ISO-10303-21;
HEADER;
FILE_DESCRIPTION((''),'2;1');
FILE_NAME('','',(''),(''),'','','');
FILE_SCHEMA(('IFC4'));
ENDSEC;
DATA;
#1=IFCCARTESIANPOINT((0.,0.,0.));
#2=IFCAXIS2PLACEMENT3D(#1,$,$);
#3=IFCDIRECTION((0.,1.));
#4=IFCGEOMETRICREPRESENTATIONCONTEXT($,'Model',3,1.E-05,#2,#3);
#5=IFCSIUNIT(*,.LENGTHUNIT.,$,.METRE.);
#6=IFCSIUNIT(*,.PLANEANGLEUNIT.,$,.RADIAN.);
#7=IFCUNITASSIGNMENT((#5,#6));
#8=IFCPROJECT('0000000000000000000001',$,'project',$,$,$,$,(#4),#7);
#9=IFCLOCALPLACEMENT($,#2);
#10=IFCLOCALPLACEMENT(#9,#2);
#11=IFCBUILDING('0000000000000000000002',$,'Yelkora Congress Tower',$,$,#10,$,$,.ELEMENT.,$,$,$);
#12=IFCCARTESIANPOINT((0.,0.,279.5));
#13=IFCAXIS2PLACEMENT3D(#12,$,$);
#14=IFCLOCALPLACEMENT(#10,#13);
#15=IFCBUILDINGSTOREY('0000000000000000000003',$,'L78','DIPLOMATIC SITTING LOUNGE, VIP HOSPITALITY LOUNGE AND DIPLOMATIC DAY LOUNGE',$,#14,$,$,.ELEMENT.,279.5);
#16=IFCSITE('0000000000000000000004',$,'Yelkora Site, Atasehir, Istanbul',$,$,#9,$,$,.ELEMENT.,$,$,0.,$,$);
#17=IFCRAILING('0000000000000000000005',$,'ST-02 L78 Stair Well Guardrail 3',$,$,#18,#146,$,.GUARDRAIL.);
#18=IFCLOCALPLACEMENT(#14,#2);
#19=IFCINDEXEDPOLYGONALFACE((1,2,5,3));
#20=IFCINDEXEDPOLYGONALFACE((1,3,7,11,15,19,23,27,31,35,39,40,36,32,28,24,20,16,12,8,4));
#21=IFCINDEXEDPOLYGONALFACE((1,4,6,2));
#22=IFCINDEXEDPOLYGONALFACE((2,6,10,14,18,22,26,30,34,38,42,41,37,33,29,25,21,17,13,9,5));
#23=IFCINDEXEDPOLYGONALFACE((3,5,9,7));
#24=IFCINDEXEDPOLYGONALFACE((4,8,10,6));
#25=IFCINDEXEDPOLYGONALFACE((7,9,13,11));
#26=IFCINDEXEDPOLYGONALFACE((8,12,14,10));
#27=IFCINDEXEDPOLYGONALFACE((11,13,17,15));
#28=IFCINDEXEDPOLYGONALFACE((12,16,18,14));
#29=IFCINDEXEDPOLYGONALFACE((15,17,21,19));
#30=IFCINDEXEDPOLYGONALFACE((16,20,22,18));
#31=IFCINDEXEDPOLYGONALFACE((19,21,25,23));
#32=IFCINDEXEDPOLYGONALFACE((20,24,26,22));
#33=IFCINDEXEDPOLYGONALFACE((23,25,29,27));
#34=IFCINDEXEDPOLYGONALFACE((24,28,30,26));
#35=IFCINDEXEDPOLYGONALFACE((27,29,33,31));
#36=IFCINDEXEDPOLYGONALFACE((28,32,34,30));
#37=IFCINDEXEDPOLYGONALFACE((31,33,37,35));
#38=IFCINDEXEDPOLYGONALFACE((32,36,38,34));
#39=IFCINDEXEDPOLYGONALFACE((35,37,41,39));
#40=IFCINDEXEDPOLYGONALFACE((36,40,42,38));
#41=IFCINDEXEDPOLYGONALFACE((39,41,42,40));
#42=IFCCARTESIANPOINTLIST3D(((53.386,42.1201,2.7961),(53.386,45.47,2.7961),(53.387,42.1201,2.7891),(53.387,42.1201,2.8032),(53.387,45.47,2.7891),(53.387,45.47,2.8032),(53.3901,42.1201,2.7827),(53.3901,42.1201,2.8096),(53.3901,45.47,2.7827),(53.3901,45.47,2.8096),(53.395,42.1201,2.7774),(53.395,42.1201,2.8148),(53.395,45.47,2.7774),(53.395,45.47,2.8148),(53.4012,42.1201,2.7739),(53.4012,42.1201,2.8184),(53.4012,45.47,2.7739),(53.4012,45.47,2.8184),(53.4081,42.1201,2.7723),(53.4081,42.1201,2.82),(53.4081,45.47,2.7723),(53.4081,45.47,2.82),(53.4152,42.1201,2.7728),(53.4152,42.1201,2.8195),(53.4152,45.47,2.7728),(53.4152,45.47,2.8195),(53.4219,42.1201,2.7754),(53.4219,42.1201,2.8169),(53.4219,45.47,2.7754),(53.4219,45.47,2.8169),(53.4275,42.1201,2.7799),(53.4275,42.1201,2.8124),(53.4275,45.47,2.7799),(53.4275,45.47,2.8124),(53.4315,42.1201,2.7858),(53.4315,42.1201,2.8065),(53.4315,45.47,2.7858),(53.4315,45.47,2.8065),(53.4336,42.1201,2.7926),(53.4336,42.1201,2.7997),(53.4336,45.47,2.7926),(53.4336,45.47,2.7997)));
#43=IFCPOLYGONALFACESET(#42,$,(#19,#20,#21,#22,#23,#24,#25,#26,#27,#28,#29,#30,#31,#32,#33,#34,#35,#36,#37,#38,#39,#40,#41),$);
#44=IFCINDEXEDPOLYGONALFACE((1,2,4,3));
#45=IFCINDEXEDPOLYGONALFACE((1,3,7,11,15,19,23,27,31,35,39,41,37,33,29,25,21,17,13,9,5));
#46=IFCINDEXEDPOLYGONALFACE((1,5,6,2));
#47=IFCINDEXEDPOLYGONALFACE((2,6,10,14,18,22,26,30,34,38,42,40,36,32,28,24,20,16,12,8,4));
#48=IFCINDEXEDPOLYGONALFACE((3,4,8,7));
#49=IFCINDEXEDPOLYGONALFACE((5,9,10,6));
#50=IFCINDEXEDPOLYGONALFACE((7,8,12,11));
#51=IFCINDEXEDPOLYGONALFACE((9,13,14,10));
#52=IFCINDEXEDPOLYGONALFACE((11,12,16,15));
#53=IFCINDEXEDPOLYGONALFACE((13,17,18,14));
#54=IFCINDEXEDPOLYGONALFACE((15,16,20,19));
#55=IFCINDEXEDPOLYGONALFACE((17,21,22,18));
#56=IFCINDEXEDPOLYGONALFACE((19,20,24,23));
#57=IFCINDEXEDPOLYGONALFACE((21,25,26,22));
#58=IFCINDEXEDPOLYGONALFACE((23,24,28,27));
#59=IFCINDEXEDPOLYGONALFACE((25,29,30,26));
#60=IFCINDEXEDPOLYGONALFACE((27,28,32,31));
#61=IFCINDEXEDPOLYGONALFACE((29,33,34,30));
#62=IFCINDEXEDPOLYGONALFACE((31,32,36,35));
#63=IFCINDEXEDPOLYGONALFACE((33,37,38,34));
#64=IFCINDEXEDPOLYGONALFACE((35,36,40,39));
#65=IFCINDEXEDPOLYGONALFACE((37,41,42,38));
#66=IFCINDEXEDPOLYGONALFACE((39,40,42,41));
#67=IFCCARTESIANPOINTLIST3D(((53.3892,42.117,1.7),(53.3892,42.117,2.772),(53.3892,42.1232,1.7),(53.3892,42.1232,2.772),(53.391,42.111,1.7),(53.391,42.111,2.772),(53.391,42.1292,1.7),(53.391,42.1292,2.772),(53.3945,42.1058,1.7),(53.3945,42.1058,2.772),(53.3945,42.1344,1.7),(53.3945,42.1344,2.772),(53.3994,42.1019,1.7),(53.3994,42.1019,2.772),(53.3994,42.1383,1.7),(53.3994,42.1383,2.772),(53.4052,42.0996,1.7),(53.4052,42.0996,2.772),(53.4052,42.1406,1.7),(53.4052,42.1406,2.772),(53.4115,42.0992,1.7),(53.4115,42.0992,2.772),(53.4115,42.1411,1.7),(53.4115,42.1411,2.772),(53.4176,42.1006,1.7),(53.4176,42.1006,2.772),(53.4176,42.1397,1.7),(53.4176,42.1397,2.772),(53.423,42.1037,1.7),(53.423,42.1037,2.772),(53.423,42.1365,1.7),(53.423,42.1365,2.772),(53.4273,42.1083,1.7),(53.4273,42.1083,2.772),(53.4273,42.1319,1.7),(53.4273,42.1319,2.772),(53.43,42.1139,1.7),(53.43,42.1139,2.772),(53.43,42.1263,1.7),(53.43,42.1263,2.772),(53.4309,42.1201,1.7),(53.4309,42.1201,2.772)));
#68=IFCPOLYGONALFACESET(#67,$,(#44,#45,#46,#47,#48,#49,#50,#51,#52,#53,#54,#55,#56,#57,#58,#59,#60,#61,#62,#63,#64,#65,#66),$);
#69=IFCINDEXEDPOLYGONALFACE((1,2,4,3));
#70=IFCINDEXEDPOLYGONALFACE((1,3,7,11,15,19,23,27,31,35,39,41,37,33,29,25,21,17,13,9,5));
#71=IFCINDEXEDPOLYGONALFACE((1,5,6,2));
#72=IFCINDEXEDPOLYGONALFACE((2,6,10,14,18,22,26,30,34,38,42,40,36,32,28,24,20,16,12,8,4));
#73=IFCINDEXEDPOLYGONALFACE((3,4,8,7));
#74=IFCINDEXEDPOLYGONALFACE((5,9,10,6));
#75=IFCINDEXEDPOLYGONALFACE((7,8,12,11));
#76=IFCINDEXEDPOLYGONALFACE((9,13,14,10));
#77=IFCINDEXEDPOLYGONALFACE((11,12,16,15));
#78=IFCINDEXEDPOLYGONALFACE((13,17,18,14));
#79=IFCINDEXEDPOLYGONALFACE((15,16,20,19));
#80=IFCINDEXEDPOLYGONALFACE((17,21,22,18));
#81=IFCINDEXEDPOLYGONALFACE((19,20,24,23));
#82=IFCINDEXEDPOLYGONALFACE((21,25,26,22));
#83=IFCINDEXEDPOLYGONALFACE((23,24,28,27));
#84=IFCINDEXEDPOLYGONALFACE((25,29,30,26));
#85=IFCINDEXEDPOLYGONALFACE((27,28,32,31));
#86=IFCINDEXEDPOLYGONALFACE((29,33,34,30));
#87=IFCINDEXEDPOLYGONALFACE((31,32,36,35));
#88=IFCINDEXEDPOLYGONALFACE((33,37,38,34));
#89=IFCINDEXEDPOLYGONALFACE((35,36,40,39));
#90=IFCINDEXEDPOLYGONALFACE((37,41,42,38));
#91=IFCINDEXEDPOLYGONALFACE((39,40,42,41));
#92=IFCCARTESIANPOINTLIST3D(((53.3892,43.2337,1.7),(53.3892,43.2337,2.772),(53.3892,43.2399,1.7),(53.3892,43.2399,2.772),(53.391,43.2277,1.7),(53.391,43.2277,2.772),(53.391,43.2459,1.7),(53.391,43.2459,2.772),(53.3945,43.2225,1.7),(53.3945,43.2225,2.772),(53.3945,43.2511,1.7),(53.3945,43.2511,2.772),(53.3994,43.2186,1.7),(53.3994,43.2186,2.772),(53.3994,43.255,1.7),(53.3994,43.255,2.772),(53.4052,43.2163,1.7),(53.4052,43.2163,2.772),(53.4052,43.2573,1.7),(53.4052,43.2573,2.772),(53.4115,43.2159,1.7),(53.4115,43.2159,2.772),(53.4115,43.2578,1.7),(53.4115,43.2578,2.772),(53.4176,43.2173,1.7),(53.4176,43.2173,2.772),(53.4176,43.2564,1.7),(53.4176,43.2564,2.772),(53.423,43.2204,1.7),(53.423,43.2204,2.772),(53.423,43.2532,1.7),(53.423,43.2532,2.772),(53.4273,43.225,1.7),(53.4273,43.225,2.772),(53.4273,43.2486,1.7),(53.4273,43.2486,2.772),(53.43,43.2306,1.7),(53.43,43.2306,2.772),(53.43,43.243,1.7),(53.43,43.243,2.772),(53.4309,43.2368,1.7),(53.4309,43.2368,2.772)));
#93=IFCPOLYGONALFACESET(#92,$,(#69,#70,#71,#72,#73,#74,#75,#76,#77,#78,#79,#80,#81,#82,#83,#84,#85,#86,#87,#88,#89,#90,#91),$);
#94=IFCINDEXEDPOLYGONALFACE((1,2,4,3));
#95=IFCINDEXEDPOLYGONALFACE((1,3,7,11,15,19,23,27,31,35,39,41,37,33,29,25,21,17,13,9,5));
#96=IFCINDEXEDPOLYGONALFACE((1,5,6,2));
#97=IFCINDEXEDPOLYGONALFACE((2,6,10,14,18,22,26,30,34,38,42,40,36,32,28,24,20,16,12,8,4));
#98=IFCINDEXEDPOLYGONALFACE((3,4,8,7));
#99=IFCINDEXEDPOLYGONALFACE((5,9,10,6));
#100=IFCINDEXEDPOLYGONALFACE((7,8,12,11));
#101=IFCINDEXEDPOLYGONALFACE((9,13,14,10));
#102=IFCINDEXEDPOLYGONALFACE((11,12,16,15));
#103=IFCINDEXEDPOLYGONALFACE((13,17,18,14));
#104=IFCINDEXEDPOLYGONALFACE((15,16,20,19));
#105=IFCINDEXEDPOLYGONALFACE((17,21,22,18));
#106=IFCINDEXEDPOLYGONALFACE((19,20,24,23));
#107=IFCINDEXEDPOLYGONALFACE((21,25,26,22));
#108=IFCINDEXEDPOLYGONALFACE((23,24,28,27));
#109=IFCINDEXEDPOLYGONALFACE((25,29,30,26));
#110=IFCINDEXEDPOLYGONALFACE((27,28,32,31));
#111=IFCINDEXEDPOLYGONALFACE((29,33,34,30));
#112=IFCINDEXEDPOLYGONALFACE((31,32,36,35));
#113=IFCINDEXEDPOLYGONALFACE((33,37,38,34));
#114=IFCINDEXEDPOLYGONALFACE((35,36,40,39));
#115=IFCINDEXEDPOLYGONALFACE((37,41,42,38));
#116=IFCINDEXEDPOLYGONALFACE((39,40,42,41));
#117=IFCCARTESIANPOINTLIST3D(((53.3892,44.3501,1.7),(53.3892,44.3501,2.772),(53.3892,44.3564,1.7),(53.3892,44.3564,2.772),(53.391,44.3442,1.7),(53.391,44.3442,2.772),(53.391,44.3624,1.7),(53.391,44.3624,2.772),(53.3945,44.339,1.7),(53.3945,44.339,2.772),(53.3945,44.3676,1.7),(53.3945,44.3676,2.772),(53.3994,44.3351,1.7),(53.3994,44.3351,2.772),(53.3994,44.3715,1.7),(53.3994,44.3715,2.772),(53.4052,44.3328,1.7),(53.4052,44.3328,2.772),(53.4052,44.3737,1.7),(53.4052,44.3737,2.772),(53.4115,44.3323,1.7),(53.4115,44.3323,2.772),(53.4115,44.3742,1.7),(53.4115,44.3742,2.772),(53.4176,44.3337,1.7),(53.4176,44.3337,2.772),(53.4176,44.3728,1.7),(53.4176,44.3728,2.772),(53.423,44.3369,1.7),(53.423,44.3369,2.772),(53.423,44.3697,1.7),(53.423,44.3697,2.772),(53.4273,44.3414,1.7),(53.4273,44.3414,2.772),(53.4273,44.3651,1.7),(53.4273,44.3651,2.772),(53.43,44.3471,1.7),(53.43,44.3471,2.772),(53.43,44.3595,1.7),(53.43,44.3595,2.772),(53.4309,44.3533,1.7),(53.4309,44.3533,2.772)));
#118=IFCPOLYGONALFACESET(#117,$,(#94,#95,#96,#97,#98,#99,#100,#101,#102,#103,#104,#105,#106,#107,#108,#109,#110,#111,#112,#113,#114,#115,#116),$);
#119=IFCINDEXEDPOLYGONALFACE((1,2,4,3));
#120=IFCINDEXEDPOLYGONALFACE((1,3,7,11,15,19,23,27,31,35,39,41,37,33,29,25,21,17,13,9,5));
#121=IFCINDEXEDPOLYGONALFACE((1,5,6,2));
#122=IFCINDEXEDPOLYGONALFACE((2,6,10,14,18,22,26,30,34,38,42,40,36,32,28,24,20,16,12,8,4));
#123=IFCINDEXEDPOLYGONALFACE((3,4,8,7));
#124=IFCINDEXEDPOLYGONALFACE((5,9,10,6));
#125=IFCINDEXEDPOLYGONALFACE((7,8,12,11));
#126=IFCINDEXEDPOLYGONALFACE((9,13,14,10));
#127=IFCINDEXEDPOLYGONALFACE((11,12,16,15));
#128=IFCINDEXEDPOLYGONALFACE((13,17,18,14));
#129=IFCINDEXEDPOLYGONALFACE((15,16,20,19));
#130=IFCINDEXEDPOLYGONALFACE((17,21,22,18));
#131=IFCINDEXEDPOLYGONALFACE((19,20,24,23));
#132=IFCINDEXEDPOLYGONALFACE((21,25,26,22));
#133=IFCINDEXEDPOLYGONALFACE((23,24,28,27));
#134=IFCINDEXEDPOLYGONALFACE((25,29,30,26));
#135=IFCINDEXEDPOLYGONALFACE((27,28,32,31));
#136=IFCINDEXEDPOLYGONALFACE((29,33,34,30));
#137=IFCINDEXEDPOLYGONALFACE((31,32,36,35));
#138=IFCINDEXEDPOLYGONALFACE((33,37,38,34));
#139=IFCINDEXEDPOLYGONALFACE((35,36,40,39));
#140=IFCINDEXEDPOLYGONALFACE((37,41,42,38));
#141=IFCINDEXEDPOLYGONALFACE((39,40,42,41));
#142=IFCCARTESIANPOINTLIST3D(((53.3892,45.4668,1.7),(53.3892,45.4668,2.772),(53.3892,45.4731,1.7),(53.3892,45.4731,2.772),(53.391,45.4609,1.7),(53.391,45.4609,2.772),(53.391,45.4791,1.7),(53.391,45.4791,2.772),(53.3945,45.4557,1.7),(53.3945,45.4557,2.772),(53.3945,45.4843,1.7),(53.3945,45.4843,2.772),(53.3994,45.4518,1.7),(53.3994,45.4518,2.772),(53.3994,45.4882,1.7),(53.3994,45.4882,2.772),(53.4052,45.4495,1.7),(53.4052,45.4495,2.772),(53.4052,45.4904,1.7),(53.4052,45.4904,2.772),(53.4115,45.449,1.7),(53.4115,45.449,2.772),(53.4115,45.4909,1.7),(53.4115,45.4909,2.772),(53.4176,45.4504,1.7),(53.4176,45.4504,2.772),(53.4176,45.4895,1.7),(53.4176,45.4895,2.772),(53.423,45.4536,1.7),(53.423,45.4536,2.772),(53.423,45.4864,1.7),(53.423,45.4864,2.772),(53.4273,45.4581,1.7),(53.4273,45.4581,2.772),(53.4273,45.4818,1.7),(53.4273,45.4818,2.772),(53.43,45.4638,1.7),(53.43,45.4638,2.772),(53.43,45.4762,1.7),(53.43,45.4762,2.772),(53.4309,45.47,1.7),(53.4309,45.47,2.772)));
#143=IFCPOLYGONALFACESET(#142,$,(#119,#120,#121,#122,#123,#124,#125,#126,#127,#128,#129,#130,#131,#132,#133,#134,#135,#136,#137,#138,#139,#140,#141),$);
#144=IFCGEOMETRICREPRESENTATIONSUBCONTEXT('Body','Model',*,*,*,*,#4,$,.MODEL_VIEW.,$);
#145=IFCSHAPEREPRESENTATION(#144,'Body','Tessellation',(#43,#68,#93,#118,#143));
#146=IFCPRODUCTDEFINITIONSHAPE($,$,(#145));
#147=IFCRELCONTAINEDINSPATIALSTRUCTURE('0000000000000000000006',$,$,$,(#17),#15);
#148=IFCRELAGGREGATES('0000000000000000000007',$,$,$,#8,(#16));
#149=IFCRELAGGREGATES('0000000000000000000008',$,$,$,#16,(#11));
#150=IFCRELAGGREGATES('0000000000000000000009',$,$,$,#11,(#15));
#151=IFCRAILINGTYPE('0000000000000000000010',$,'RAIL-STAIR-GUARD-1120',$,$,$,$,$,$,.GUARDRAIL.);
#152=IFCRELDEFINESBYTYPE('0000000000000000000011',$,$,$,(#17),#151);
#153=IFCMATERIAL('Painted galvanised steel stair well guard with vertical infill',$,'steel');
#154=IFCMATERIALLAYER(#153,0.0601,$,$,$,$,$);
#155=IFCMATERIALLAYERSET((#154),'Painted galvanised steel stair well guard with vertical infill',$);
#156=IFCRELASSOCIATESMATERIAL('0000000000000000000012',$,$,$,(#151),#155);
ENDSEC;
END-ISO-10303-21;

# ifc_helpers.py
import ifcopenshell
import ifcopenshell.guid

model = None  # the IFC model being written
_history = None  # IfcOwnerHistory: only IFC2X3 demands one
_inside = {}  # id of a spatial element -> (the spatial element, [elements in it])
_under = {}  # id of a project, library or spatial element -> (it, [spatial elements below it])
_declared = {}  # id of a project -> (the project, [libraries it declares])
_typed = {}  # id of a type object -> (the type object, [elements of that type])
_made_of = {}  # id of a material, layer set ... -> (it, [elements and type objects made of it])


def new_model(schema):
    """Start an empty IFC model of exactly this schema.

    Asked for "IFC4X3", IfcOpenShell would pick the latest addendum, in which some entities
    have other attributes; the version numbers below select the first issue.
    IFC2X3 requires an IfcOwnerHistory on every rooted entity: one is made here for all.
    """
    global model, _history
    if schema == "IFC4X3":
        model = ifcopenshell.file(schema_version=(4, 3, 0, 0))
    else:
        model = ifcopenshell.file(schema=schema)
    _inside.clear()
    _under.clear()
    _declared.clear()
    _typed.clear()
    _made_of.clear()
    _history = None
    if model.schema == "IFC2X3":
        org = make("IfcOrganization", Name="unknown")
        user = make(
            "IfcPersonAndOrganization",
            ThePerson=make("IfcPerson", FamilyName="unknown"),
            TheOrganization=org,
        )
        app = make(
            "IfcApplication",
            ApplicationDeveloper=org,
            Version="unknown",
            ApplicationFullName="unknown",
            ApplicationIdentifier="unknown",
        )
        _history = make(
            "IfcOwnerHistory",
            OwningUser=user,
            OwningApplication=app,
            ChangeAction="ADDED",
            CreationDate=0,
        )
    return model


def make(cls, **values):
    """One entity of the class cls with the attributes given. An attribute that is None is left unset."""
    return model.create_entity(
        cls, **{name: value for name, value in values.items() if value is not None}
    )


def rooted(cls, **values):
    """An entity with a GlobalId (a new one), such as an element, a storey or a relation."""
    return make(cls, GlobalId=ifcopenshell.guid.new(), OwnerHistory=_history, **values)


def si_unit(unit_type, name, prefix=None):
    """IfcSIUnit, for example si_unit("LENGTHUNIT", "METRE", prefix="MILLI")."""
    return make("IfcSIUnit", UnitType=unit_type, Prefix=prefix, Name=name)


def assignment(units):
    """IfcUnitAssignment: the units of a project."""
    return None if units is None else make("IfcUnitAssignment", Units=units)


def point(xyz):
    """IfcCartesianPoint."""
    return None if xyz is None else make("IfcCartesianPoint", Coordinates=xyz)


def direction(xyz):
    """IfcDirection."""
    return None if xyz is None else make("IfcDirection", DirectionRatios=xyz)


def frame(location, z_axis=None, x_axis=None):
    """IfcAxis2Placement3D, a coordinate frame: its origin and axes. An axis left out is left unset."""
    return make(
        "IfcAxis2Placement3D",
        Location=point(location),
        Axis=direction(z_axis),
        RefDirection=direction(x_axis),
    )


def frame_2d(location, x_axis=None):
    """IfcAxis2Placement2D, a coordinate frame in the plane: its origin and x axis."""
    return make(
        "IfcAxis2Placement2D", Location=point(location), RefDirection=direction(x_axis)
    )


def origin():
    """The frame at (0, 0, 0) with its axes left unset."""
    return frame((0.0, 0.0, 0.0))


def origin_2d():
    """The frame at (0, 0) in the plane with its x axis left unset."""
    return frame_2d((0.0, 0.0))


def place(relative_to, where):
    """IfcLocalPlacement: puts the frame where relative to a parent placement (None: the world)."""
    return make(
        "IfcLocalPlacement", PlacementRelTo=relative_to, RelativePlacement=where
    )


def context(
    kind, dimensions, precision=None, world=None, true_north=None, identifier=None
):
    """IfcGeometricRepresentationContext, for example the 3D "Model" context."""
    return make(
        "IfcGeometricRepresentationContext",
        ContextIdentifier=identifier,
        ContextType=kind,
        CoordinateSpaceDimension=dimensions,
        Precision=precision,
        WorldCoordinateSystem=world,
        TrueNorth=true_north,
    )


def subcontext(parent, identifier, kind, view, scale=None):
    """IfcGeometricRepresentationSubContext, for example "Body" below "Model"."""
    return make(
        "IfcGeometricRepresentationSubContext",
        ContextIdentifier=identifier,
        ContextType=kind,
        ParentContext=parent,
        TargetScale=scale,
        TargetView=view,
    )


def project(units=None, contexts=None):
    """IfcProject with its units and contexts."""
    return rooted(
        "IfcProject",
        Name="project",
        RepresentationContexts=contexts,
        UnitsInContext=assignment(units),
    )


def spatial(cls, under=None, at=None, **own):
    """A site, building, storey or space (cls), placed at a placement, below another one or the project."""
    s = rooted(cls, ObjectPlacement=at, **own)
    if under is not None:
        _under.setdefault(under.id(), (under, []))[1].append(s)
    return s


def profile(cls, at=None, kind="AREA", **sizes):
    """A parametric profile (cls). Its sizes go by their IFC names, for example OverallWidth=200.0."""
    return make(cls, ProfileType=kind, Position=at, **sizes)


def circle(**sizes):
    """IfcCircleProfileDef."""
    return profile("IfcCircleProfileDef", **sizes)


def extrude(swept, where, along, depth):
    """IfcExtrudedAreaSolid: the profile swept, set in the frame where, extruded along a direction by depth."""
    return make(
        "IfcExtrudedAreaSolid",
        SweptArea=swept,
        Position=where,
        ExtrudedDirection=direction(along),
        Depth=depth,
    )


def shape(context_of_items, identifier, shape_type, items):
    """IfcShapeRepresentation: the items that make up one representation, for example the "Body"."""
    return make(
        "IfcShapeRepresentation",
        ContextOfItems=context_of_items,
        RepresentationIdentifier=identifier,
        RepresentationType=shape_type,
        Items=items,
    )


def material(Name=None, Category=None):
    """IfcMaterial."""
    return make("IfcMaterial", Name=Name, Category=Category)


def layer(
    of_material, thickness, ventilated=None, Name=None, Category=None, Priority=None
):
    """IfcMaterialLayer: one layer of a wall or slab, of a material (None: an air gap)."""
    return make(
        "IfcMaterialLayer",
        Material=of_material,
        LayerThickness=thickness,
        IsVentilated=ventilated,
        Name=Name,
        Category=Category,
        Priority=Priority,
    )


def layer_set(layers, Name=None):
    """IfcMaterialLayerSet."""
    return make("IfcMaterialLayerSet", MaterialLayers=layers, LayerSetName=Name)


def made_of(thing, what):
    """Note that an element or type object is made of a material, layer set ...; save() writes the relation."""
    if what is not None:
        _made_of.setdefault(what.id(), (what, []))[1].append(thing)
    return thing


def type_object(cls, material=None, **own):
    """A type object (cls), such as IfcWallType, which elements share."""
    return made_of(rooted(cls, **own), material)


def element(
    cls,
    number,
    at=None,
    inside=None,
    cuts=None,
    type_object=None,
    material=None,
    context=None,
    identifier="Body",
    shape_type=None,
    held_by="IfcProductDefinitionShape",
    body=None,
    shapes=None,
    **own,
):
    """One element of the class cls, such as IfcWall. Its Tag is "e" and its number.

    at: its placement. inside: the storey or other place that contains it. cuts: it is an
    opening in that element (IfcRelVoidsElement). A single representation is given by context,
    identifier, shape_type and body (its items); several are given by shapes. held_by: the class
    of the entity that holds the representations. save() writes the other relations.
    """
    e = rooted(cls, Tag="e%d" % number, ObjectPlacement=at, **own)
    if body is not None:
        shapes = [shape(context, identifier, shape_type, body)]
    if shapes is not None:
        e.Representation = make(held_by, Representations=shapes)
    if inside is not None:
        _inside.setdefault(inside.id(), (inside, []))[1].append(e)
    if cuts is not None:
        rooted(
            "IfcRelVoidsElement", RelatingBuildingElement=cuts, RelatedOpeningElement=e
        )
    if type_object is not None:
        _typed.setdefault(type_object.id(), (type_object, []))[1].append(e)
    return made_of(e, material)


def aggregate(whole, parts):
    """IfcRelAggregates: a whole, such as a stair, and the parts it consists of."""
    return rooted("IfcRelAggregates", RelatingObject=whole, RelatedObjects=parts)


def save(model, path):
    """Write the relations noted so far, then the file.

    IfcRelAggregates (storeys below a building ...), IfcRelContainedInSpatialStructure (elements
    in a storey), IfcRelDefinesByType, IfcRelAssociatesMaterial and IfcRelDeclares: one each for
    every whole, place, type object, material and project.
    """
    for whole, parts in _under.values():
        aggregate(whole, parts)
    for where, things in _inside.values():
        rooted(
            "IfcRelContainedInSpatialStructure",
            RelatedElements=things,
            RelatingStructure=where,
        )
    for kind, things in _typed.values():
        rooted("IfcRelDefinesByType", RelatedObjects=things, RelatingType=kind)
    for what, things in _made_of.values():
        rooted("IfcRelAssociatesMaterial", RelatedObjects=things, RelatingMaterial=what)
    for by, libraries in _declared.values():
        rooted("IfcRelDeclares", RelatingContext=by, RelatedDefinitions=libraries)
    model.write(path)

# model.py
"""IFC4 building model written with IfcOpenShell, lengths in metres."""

from ifc_helpers import new_model, si_unit, direction, frame, origin, origin_2d, place, context, subcontext, project, spatial, circle, extrude, material, layer, layer_set, type_object, element, save


model = new_model("IFC4")

# Units and contexts
model_context = context("Model", 3, precision=1e-05, world=origin(), true_north=direction((0.0, 1.0)))
body_context = subcontext(model_context, "Body", "Model", "MODEL_VIEW")
ifc_project = project(units=[si_unit("LENGTHUNIT", "METRE"), si_unit("PLANEANGLEUNIT", "RADIAN")], contexts=[model_context])

# Site, building, storey
site_placement = place(None, origin())
site = spatial("IfcSite", under=ifc_project, at=site_placement, Name="Yelkora Site, Atasehir, Istanbul", CompositionType="ELEMENT", RefElevation=0.0)
building_placement = place(site_placement, origin())
building = spatial("IfcBuilding", under=site, at=building_placement, Name="Yelkora Congress Tower", CompositionType="ELEMENT")
storey_placement = place(building_placement, frame((0.0, 0.0, 279.5)))
storey = spatial("IfcBuildingStorey", under=building, at=storey_placement, Name="L78", Description="DIPLOMATIC SITTING LOUNGE, VIP HOSPITALITY LOUNGE AND DIPLOMATIC DAY LOUNGE", CompositionType="ELEMENT", Elevation=279.5)

# Railing
ifc_material_1 = material(Name="Painted galvanised steel stair well guard with vertical infill", Category="steel")
ifc_layer_1 = layer(ifc_material_1, 0.0601)
ifc_layer_set_1 = layer_set([ifc_layer_1], Name="Painted galvanised steel stair well guard with vertical infill")
railing_type = type_object("IfcRailingType", Name="RAIL-STAIR-GUARD-1120", PredefinedType="GUARDRAIL", material=ifc_layer_set_1)
railing_1_placement = place(storey_placement, frame((53.4099, 42.1201, 1.7)))
element("IfcRailing", 1, at=railing_1_placement, inside=storey, type_object=railing_type, Name="ST-02 L78 Stair Well Guardrail 3", PredefinedType="GUARDRAIL", context=body_context, shape_type="SweptSolid", body=[
    extrude(circle(Radius=0.0239, at=origin_2d()), frame((0.0, 0.0, 1.0962), z_axis=(0.0, 1.0, 0.0), x_axis=(-1.0, 0.0, 0.0)), (0.0, 0.0, 1.0), 3.3499),
    extrude(circle(Radius=0.021, at=origin_2d()), origin(), (0.0, 0.0, 1.0), 1.072),
    extrude(circle(Radius=0.021, at=origin_2d()), frame((0.0, 1.1167, 0.0)), (0.0, 0.0, 1.0), 1.072),
    extrude(circle(Radius=0.021, at=origin_2d()), frame((0.0, 2.2332, 0.0)), (0.0, 0.0, 1.0), 1.072),
    extrude(circle(Radius=0.021, at=origin_2d()), frame((0.0, 3.3499, 0.0)), (0.0, 0.0, 1.0), 1.072),
])

save(model, "model.ifc")
